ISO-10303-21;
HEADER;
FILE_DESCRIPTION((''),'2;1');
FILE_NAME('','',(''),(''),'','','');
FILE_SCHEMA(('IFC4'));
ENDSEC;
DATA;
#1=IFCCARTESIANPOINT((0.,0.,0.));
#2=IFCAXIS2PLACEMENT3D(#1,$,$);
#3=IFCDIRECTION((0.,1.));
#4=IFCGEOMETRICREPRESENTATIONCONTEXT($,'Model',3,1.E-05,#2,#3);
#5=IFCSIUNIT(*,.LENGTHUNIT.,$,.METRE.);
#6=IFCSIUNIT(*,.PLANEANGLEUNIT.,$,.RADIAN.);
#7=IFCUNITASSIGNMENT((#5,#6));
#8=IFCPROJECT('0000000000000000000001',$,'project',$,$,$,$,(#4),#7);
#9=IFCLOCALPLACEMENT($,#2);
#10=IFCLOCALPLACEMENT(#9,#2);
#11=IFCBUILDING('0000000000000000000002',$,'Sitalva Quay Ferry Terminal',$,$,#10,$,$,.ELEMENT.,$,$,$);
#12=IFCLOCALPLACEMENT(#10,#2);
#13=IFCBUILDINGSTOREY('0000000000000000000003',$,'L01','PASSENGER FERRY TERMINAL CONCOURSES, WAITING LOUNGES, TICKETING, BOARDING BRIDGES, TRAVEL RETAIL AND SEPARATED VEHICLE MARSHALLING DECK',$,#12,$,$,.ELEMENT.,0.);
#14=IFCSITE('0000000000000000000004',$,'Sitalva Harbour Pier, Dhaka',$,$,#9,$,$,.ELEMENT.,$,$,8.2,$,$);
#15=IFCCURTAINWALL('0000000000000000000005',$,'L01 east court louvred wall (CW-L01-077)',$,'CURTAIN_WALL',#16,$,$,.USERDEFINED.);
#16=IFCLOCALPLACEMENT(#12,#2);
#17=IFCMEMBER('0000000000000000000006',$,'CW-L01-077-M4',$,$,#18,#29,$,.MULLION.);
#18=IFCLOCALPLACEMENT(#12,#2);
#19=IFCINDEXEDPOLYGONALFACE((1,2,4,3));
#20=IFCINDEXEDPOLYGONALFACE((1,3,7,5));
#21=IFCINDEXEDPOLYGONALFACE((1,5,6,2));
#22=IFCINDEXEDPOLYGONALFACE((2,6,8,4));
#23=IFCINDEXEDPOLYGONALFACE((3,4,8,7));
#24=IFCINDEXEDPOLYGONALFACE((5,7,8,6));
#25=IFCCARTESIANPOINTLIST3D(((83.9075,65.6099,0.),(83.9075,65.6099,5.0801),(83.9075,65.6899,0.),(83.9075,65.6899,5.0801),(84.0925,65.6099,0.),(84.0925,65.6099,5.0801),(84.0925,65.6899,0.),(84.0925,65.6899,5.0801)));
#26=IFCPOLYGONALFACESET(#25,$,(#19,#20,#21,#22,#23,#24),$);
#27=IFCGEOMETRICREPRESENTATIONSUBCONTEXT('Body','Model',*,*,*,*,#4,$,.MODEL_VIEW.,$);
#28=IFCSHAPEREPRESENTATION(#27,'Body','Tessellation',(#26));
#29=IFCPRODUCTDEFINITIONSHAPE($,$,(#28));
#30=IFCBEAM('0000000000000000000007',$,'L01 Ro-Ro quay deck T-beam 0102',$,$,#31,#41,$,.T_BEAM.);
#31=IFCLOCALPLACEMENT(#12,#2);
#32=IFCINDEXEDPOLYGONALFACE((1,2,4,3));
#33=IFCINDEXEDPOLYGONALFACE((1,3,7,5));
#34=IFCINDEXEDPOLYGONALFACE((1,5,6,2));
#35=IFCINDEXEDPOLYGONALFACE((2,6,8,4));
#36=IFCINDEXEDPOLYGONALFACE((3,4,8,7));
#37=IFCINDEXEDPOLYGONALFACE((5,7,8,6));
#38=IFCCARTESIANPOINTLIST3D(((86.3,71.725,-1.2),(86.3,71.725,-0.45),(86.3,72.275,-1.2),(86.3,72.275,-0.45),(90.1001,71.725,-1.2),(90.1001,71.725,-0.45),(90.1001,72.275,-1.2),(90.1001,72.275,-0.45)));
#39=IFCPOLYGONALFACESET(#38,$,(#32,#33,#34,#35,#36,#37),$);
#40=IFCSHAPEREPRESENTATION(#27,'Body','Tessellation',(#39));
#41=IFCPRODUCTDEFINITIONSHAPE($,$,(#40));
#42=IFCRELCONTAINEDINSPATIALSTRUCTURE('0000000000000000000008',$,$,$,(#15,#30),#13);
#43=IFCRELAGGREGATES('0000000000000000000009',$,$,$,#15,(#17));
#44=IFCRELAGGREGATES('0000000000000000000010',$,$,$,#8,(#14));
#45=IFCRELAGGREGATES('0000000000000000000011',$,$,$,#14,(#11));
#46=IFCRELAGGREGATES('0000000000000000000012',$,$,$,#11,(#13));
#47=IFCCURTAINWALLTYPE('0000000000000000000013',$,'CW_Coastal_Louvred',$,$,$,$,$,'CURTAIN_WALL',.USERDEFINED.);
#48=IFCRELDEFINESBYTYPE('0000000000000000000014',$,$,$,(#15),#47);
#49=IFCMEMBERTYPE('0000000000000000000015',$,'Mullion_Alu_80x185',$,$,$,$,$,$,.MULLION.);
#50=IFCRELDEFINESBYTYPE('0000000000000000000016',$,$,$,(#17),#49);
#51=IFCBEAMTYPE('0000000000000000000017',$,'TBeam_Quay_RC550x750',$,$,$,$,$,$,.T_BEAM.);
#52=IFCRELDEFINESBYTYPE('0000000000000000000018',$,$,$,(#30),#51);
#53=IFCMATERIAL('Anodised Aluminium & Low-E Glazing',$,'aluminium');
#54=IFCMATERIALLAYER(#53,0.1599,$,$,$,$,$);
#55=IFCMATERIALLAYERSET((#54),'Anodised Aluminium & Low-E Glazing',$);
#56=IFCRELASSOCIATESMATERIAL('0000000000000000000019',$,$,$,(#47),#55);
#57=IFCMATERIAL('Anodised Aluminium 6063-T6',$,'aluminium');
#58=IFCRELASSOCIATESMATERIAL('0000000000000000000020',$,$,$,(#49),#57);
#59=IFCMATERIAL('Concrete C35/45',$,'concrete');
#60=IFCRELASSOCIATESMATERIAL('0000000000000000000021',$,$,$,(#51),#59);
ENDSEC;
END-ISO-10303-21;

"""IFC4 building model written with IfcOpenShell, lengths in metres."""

from ifc_helpers import new_model, si_unit, direction, frame, origin, origin_2d, place, context, subcontext, project, spatial, rectangle, extrude, material, layer, layer_set, material_profile, profile_set, type_object, element, aggregate, save


model = new_model("IFC4")

# Units and contexts
model_context = context("Model", 3, precision=1e-05, world=origin(), true_north=direction((0.0, 1.0)))
body_context = subcontext(model_context, "Body", "Model", "MODEL_VIEW")
ifc_project = project(units=[si_unit("LENGTHUNIT", "METRE"), si_unit("PLANEANGLEUNIT", "RADIAN")], contexts=[model_context])

# Site, building, storey
site_placement = place(None, origin())
site = spatial("IfcSite", under=ifc_project, at=site_placement, Name="Sitalva Harbour Pier, Dhaka", CompositionType="ELEMENT", RefElevation=8.2)
building_placement = place(site_placement, origin())
building = spatial("IfcBuilding", under=site, at=building_placement, Name="Sitalva Quay Ferry Terminal", CompositionType="ELEMENT")
storey_placement = place(building_placement, origin())
storey = spatial("IfcBuildingStorey", under=building, at=storey_placement, Name="L01", Description="PASSENGER FERRY TERMINAL CONCOURSES, WAITING LOUNGES, TICKETING, BOARDING BRIDGES, TRAVEL RETAIL AND SEPARATED VEHICLE MARSHALLING DECK", CompositionType="ELEMENT", Elevation=0.0)

# Curtain wall, member
ifc_material_1 = material(Name="Anodised Aluminium & Low-E Glazing", Category="aluminium")
ifc_layer = layer(ifc_material_1, 0.1599)
ifc_layer_set = layer_set([ifc_layer], Name="Anodised Aluminium & Low-E Glazing")
curtain_wall_type = type_object("IfcCurtainWallType", Name="CW_Coastal_Louvred", ElementType="CURTAIN_WALL", PredefinedType="USERDEFINED", material=ifc_layer_set)
curtain_wall_placement = place(storey_placement, origin())
curtain_wall = element("IfcCurtainWall", 1, at=curtain_wall_placement, inside=storey, type_object=curtain_wall_type, Name="L01 east court louvred wall (CW-L01-077)", ObjectType="CURTAIN_WALL", PredefinedType="USERDEFINED")
ifc_material_2 = material(Name="Anodised Aluminium 6063-T6", Category="aluminium")
ifc_material_profile_1 = material_profile(ifc_material_2, rectangle(XDim=0.0801, YDim=0.1851, at=origin_2d()), Name="ALU80x185")
ifc_profile_set_1 = profile_set([ifc_material_profile_1], Name="Anodised Aluminium 6063-T6")
member_type = type_object("IfcMemberType", Name="Mullion_Alu_80x185", PredefinedType="MULLION", material=ifc_profile_set_1)
member_placement = place(storey_placement, frame((84.0, 65.6499, 0.0), z_axis=(0.0, 0.0, 1.0), x_axis=(0.0, 1.0, 0.0)))
member = element("IfcMember", 2, at=member_placement, type_object=member_type, Name="CW-L01-077-M4", PredefinedType="MULLION", context=body_context, shape_type="SweptSolid", body=[
    extrude(rectangle(XDim=0.0801, YDim=0.1851, at=origin_2d()), origin(), (0.0, 0.0, 1.0), 5.0801),
])
aggregate(curtain_wall, [member])

# Beam
ifc_material_3 = material(Name="Concrete C35/45", Category="concrete")
ifc_material_profile_2 = material_profile(ifc_material_3, rectangle(XDim=0.55, YDim=0.75, at=origin_2d()), Name="RC550x750")
ifc_profile_set_2 = profile_set([ifc_material_profile_2], Name="Concrete C35/45")
beam_type_1 = type_object("IfcBeamType", Name="TBeam_Quay_RC550x750", PredefinedType="T_BEAM", material=ifc_profile_set_2)
beam_1_placement = place(storey_placement, frame((86.3, 72.0, -0.825), z_axis=(1.0, 0.0, 0.0), x_axis=(0.0, 1.0, 0.0)))
element("IfcBeam", 3, at=beam_1_placement, inside=storey, type_object=beam_type_1, Name="L01 Ro-Ro quay deck T-beam 0102", PredefinedType="T_BEAM", context=body_context, shape_type="SweptSolid", body=[
    extrude(rectangle(XDim=0.55, YDim=0.75, at=origin_2d()), origin(), (0.0, 0.0, 1.0), 3.8),
])

save(model, "model.ifc")
